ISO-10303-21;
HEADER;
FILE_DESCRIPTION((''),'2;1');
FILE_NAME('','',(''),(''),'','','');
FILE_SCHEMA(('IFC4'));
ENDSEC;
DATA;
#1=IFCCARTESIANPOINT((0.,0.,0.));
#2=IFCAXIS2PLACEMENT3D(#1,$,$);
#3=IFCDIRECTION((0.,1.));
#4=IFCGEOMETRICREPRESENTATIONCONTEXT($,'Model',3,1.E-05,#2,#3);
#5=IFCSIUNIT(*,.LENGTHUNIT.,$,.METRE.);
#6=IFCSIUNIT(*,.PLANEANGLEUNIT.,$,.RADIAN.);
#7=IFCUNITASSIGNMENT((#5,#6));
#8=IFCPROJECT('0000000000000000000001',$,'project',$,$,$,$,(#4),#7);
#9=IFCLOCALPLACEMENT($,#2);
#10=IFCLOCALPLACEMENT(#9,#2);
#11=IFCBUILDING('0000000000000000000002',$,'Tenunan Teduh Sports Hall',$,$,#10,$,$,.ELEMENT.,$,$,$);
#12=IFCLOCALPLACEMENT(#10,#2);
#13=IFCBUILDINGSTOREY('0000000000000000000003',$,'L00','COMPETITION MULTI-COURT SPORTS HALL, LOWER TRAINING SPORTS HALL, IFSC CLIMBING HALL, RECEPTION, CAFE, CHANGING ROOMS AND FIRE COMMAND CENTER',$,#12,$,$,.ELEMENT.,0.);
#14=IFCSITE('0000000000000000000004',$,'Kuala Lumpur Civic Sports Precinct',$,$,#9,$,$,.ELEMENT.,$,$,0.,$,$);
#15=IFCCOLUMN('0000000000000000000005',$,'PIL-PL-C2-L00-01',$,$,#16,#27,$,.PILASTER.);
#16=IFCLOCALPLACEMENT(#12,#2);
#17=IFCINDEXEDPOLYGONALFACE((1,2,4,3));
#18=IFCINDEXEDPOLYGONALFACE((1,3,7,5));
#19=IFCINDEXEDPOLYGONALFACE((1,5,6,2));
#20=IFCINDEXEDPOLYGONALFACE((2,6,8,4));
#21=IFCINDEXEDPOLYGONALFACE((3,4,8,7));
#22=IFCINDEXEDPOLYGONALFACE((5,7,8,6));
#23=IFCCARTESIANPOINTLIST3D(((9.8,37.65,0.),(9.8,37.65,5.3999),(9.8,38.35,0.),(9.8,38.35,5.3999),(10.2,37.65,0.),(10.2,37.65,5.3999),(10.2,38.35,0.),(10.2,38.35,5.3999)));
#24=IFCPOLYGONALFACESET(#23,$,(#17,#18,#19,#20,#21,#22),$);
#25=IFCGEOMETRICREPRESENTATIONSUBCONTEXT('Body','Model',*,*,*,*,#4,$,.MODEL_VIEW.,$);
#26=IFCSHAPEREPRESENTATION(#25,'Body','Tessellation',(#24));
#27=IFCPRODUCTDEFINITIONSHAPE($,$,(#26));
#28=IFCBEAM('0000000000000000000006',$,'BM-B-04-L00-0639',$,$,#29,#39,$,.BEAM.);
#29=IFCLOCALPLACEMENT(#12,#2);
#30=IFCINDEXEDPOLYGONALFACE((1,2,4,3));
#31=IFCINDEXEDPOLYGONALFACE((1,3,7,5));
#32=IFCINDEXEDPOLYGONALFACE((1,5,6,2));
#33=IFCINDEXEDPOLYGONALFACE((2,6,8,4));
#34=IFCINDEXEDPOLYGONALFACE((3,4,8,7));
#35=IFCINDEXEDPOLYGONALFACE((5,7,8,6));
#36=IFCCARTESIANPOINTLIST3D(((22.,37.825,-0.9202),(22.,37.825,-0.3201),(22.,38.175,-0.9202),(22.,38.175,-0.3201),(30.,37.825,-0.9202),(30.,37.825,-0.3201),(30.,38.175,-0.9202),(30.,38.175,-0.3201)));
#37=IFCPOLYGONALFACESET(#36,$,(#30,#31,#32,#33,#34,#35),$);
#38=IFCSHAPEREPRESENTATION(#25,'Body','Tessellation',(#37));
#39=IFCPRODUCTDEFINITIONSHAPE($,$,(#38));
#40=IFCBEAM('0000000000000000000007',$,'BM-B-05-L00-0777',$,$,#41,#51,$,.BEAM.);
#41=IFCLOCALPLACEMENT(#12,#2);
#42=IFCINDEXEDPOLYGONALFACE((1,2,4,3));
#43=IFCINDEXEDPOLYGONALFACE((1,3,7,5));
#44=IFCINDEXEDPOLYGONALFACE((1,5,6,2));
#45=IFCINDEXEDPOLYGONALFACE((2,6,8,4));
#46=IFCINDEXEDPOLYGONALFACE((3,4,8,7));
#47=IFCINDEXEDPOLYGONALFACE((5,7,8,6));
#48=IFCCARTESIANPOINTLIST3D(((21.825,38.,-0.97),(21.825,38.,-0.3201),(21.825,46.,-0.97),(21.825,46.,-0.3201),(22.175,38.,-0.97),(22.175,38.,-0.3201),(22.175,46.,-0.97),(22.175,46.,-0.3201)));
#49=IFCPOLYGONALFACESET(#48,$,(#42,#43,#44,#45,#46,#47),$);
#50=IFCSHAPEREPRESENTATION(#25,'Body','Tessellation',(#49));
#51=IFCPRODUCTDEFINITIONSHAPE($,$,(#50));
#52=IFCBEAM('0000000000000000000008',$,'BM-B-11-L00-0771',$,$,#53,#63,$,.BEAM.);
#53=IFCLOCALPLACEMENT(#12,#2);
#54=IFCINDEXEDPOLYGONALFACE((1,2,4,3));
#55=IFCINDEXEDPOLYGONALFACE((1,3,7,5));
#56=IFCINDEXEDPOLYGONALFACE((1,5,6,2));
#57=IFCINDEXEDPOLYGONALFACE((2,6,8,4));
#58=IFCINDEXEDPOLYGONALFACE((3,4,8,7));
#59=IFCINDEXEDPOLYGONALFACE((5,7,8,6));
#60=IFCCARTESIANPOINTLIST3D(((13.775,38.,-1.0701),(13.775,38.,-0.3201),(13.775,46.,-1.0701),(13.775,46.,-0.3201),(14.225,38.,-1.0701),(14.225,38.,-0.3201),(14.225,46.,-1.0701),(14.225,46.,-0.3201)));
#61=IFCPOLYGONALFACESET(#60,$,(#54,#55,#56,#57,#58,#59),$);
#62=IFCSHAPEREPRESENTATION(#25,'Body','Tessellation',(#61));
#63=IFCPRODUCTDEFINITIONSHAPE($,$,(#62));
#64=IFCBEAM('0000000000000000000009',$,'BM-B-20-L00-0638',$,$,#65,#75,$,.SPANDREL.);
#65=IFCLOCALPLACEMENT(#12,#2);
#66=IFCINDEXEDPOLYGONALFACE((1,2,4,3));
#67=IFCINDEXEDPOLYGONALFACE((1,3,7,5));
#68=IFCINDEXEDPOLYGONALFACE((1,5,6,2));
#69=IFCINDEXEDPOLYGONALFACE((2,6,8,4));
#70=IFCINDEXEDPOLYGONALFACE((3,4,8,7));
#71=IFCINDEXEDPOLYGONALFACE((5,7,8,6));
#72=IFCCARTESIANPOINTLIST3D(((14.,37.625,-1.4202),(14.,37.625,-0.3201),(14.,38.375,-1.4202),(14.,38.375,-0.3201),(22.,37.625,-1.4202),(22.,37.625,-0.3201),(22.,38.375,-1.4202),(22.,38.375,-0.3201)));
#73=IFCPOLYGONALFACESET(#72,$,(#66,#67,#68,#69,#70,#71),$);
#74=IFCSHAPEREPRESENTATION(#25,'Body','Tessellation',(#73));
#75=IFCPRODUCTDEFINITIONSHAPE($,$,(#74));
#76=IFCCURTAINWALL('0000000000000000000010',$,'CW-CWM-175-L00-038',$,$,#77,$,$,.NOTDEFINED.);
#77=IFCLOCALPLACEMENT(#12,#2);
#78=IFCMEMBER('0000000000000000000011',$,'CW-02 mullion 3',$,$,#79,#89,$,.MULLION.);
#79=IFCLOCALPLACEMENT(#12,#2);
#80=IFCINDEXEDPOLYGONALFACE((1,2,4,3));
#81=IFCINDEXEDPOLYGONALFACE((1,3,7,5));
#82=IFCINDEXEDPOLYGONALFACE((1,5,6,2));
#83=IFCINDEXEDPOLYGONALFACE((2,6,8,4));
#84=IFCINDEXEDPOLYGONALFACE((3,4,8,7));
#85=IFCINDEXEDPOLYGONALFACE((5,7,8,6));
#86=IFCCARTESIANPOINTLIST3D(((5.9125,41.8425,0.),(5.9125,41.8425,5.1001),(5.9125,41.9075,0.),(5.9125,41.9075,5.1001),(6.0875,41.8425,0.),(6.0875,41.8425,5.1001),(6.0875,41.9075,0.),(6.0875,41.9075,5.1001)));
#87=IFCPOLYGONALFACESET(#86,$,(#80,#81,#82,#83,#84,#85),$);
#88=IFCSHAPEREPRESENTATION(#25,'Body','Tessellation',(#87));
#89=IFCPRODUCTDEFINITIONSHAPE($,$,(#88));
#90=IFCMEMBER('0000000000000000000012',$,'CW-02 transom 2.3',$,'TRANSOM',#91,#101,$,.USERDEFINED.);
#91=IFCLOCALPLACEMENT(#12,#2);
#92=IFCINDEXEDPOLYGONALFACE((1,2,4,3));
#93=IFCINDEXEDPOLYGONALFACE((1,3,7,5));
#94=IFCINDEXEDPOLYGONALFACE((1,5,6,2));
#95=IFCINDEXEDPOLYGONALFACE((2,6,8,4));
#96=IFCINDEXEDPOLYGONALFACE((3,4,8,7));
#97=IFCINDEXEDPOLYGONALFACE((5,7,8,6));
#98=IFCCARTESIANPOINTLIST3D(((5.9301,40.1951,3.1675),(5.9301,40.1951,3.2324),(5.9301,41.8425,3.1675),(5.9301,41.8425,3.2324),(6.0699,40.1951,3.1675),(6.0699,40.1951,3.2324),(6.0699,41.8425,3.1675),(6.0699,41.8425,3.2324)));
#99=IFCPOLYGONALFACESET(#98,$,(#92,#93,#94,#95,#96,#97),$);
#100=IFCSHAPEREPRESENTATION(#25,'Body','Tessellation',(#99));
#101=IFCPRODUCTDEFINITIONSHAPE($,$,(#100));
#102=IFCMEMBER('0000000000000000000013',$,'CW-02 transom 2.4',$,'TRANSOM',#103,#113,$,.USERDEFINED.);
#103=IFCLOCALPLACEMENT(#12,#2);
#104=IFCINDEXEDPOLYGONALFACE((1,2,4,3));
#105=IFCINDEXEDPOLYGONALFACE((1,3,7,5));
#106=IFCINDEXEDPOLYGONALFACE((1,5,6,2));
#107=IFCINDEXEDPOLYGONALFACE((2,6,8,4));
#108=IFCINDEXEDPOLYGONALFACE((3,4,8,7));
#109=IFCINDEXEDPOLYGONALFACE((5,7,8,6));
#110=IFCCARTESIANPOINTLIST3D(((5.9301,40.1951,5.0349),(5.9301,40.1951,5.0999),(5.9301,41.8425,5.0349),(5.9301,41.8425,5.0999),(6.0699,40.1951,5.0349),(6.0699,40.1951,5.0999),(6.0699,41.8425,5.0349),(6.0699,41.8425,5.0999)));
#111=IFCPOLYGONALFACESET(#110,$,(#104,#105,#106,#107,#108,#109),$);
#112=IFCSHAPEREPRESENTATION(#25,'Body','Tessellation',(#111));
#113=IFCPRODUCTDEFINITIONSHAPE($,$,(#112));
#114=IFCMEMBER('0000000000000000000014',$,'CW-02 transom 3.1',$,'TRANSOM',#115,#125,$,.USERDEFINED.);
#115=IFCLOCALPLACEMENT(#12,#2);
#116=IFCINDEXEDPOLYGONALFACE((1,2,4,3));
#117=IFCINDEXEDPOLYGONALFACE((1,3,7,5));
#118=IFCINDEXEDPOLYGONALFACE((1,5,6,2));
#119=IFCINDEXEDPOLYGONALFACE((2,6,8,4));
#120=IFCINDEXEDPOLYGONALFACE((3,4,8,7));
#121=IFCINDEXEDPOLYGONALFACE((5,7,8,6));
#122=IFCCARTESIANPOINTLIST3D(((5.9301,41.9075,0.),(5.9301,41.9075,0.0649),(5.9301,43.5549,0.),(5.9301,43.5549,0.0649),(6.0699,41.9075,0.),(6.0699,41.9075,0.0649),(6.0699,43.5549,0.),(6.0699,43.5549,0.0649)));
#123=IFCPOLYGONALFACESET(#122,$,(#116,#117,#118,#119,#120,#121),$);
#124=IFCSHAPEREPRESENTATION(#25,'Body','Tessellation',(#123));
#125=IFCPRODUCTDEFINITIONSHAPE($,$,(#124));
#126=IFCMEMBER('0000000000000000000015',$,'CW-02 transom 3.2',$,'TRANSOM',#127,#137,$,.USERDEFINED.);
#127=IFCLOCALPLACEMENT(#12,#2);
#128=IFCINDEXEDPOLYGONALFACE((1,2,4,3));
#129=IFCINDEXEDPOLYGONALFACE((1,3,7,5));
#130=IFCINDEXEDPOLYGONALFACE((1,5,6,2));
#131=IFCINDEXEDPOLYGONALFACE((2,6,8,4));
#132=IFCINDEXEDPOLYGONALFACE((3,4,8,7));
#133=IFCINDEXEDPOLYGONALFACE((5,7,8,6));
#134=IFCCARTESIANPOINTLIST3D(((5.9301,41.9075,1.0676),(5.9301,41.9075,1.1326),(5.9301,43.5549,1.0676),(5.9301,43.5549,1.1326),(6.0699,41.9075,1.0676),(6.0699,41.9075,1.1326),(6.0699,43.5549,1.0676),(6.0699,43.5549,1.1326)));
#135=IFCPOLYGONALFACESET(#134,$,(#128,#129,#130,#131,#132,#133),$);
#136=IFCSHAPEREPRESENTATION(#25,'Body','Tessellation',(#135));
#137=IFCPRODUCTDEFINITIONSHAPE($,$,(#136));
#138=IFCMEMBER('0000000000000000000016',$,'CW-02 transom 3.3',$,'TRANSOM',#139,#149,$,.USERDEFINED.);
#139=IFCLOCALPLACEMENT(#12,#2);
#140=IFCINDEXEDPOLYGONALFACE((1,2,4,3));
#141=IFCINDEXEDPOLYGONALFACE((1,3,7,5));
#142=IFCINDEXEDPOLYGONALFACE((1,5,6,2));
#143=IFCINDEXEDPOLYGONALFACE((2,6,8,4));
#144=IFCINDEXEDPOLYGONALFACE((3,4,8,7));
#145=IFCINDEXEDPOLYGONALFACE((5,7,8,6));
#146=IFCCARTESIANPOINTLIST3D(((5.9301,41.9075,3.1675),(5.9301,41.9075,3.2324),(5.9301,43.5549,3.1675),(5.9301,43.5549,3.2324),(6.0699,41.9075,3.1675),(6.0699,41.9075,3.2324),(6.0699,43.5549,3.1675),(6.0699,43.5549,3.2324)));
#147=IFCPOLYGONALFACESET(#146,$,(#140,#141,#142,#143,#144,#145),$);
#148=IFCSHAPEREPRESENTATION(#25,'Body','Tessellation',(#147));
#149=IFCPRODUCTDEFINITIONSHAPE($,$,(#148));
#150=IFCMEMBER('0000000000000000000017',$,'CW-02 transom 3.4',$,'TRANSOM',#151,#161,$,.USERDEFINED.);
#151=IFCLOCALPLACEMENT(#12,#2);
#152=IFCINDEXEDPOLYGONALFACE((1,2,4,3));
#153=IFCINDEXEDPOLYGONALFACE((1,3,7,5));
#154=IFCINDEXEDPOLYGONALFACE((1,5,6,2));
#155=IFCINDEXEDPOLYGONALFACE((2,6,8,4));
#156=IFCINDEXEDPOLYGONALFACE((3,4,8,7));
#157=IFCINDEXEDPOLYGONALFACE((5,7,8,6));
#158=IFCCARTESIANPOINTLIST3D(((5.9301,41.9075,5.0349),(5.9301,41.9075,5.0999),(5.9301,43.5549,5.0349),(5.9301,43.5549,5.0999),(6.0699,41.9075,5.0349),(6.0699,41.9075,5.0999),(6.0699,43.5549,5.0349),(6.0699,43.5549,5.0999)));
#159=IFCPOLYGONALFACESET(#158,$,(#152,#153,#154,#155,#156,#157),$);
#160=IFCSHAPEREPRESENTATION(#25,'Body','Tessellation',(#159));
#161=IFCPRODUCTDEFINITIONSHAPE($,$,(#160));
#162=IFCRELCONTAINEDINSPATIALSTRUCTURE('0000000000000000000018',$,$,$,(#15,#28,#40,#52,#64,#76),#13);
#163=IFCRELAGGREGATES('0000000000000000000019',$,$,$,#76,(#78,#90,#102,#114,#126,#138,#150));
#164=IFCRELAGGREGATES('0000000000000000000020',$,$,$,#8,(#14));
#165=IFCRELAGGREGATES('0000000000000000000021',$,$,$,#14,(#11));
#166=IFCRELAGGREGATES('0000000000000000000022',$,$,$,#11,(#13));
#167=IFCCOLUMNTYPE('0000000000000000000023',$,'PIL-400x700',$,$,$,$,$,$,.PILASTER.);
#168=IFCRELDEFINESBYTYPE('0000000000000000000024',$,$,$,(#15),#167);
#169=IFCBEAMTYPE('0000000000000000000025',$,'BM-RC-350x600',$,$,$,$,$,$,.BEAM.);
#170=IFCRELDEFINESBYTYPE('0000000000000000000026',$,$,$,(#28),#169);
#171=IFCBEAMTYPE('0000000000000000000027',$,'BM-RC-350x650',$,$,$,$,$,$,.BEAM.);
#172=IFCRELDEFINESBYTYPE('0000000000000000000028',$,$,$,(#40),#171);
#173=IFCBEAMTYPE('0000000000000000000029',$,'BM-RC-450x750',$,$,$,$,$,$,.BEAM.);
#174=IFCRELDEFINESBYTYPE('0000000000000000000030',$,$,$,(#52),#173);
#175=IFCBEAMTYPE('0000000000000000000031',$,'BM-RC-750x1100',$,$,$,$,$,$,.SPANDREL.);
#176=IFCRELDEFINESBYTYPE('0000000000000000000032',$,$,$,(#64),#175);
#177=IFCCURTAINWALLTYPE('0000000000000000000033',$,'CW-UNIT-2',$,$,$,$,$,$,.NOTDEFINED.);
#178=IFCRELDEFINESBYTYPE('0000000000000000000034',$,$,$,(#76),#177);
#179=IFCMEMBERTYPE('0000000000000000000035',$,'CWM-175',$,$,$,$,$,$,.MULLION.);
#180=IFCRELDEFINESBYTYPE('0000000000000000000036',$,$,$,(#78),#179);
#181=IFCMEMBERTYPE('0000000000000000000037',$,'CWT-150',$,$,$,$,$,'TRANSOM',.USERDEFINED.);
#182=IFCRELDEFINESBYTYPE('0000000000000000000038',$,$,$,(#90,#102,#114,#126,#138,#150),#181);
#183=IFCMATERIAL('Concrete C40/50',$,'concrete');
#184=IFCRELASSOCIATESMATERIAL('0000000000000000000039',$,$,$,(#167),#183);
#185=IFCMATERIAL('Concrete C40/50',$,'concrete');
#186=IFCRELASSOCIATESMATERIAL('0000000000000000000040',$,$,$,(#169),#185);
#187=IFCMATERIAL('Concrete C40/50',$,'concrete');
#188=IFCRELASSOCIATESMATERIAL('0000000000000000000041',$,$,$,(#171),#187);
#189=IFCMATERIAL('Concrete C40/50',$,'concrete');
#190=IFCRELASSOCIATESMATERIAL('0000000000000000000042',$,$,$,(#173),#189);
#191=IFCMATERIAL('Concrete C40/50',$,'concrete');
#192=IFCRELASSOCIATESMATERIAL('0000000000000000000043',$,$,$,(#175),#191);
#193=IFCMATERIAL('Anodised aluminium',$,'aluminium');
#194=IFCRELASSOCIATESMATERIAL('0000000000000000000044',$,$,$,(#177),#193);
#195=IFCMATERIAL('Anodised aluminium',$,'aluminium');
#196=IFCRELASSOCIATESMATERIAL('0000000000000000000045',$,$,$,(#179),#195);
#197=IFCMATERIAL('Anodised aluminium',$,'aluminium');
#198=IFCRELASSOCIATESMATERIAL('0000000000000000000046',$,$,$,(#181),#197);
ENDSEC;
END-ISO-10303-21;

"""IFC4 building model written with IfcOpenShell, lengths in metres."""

from ifc_helpers import new_model, si_unit, direction, frame, origin, origin_2d, place, context, subcontext, project, spatial, rectangle, extrude, material, material_profile, profile_set, type_object, element, aggregate, save


model = new_model("IFC4")

# Units and contexts
model_context = context("Model", 3, precision=1e-05, world=origin(), true_north=direction((0.0, 1.0)))
body_context = subcontext(model_context, "Body", "Model", "MODEL_VIEW")
ifc_project = project(units=[si_unit("LENGTHUNIT", "METRE"), si_unit("PLANEANGLEUNIT", "RADIAN")], contexts=[model_context])

# Site, building, storey
site_placement = place(None, origin())
site = spatial("IfcSite", under=ifc_project, at=site_placement, Name="Kuala Lumpur Civic Sports Precinct", CompositionType="ELEMENT", RefElevation=0.0)
building_placement = place(site_placement, origin())
building = spatial("IfcBuilding", under=site, at=building_placement, Name="Tenunan Teduh Sports Hall", CompositionType="ELEMENT")
storey_placement = place(building_placement, origin())
storey = spatial("IfcBuildingStorey", under=building, at=storey_placement, Name="L00", Description="COMPETITION MULTI-COURT SPORTS HALL, LOWER TRAINING SPORTS HALL, IFSC CLIMBING HALL, RECEPTION, CAFE, CHANGING ROOMS AND FIRE COMMAND CENTER", CompositionType="ELEMENT", Elevation=0.0)

# Column
ifc_material_1 = material(Name="Concrete C40/50", Category="concrete")
ifc_material_profile_1 = material_profile(ifc_material_1, rectangle(XDim=0.3999, YDim=0.7, at=origin_2d()), Name="PIL 400x700")
ifc_profile_set_1 = profile_set([ifc_material_profile_1], Name="Concrete C40/50")
column_type_1 = type_object("IfcColumnType", Name="PIL-400x700", PredefinedType="PILASTER", material=ifc_profile_set_1)
column_placement = place(storey_placement, frame((10.0, 38.0, 0.0), z_axis=(0.0, 0.0, 1.0), x_axis=(1.0, 0.0, 0.0)))
element("IfcColumn", 1, at=column_placement, inside=storey, type_object=column_type_1, Name="PIL-PL-C2-L00-01", PredefinedType="PILASTER", context=body_context, shape_type="SweptSolid", body=[
    extrude(rectangle(XDim=0.3999, YDim=0.7, at=origin_2d()), origin(), (0.0, 0.0, 1.0), 5.3999),
])

# Beams
ifc_material_2 = material(Name="Concrete C40/50", Category="concrete")
ifc_material_profile_2 = material_profile(ifc_material_2, rectangle(XDim=0.3501, YDim=0.6001, at=origin_2d()), Name="RCB 350x600")
ifc_profile_set_2 = profile_set([ifc_material_profile_2], Name="Concrete C40/50")
beam_type_1 = type_object("IfcBeamType", Name="BM-RC-350x600", PredefinedType="BEAM", material=ifc_profile_set_2)
beam_1_placement = place(storey_placement, frame((22.0, 38.0, -0.6201), z_axis=(1.0, 0.0, 0.0), x_axis=(0.0, 1.0, 0.0)))
element("IfcBeam", 2, at=beam_1_placement, inside=storey, type_object=beam_type_1, Name="BM-B-04-L00-0639", PredefinedType="BEAM", context=body_context, shape_type="SweptSolid", body=[
    extrude(rectangle(XDim=0.3501, YDim=0.6001, at=origin_2d()), origin(), (0.0, 0.0, 1.0), 8.0),
])
ifc_material_3 = material(Name="Concrete C40/50", Category="concrete")
ifc_material_profile_3 = material_profile(ifc_material_3, rectangle(XDim=0.3501, YDim=0.6499, at=origin_2d()), Name="RCB 350x650")
ifc_profile_set_3 = profile_set([ifc_material_profile_3], Name="Concrete C40/50")
beam_type_2 = type_object("IfcBeamType", Name="BM-RC-350x650", PredefinedType="BEAM", material=ifc_profile_set_3)
beam_2_placement = place(storey_placement, frame((22.0, 38.0, -0.645), z_axis=(0.0, 1.0, 0.0), x_axis=(-1.0, 0.0, 0.0)))
element("IfcBeam", 3, at=beam_2_placement, inside=storey, type_object=beam_type_2, Name="BM-B-05-L00-0777", PredefinedType="BEAM", context=body_context, shape_type="SweptSolid", body=[
    extrude(rectangle(XDim=0.3501, YDim=0.6499, at=origin_2d()), origin(), (0.0, 0.0, 1.0), 8.0),
])
ifc_material_4 = material(Name="Concrete C40/50", Category="concrete")
ifc_material_profile_4 = material_profile(ifc_material_4, rectangle(XDim=0.45, YDim=0.75, at=origin_2d()), Name="RCB 450x750")
ifc_profile_set_4 = profile_set([ifc_material_profile_4], Name="Concrete C40/50")
beam_type_3 = type_object("IfcBeamType", Name="BM-RC-450x750", PredefinedType="BEAM", material=ifc_profile_set_4)
beam_3_placement = place(storey_placement, frame((14.0, 38.0, -0.6951), z_axis=(0.0, 1.0, 0.0), x_axis=(-1.0, 0.0, 0.0)))
element("IfcBeam", 4, at=beam_3_placement, inside=storey, type_object=beam_type_3, Name="BM-B-11-L00-0771", PredefinedType="BEAM", context=body_context, shape_type="SweptSolid", body=[
    extrude(rectangle(XDim=0.45, YDim=0.75, at=origin_2d()), origin(), (0.0, 0.0, 1.0), 8.0),
])
ifc_material_5 = material(Name="Concrete C40/50", Category="concrete")
ifc_material_profile_5 = material_profile(ifc_material_5, rectangle(XDim=0.75, YDim=1.1001, at=origin_2d()), Name="RCB 750x1100")
ifc_profile_set_5 = profile_set([ifc_material_profile_5], Name="Concrete C40/50")
beam_type_4 = type_object("IfcBeamType", Name="BM-RC-750x1100", PredefinedType="SPANDREL", material=ifc_profile_set_5)
beam_4_placement = place(storey_placement, frame((14.0, 38.0, -0.8701), z_axis=(1.0, 0.0, 0.0), x_axis=(0.0, 1.0, 0.0)))
element("IfcBeam", 5, at=beam_4_placement, inside=storey, type_object=beam_type_4, Name="BM-B-20-L00-0638", PredefinedType="SPANDREL", context=body_context, shape_type="SweptSolid", body=[
    extrude(rectangle(XDim=0.75, YDim=1.1001, at=origin_2d()), origin(), (0.0, 0.0, 1.0), 8.0),
])

# Curtain wall, members
ifc_material_6 = material(Name="Anodised aluminium", Category="aluminium")
curtain_wall_type = type_object("IfcCurtainWallType", Name="CW-UNIT-2", PredefinedType="NOTDEFINED", material=ifc_material_6)
curtain_wall_placement = place(storey_placement, origin())
curtain_wall = element("IfcCurtainWall", 6, at=curtain_wall_placement, inside=storey, type_object=curtain_wall_type, Name="CW-CWM-175-L00-038", PredefinedType="NOTDEFINED")
ifc_material_7 = material(Name="Anodised aluminium", Category="aluminium")
ifc_material_profile_6 = material_profile(ifc_material_7, rectangle(XDim=0.0649, YDim=0.175, at=origin_2d()), Name="CWM 65x175")
ifc_profile_set_6 = profile_set([ifc_material_profile_6], Name="Anodised aluminium")
member_type_1 = type_object("IfcMemberType", Name="CWM-175", PredefinedType="MULLION", material=ifc_profile_set_6)
member_1_placement = place(storey_placement, frame((6.0, 41.875, 0.0), z_axis=(0.0, 0.0, 1.0), x_axis=(0.0, 1.0, 0.0)))
member_1 = element("IfcMember", 7, at=member_1_placement, type_object=member_type_1, Name="CW-02 mullion 3", PredefinedType="MULLION", context=body_context, shape_type="SweptSolid", body=[
    extrude(rectangle(XDim=0.0649, YDim=0.175, at=origin_2d()), origin(), (0.0, 0.0, 1.0), 5.1001),
])
ifc_material_8 = material(Name="Anodised aluminium", Category="aluminium")
ifc_material_profile_7 = material_profile(ifc_material_8, rectangle(XDim=0.0649, YDim=0.1399, at=origin_2d()), Name="CWT 65x140")
ifc_profile_set_7 = profile_set([ifc_material_profile_7], Name="Anodised aluminium")
member_type_2 = type_object("IfcMemberType", Name="CWT-150", ElementType="TRANSOM", PredefinedType="USERDEFINED", material=ifc_profile_set_7)
member_2_placement = place(storey_placement, frame((6.0, 40.1951, 3.2), z_axis=(0.0, 1.0, 0.0), x_axis=(0.0, 0.0, 1.0)))
member_2 = element("IfcMember", 8, at=member_2_placement, type_object=member_type_2, Name="CW-02 transom 2.3", ObjectType="TRANSOM", PredefinedType="USERDEFINED", context=body_context, shape_type="SweptSolid", body=[
    extrude(rectangle(XDim=0.0649, YDim=0.1399, at=origin_2d()), origin(), (0.0, 0.0, 1.0), 1.6475),
])
member_3_placement = place(storey_placement, frame((6.0, 40.1951, 5.0674), z_axis=(0.0, 1.0, 0.0), x_axis=(0.0, 0.0, 1.0)))
member_3 = element("IfcMember", 9, at=member_3_placement, type_object=member_type_2, Name="CW-02 transom 2.4", ObjectType="TRANSOM", PredefinedType="USERDEFINED", context=body_context, shape_type="SweptSolid", body=[
    extrude(rectangle(XDim=0.0649, YDim=0.1399, at=origin_2d()), origin(), (0.0, 0.0, 1.0), 1.6475),
])
member_4_placement = place(storey_placement, frame((6.0, 41.9075, 0.0325), z_axis=(0.0, 1.0, 0.0), x_axis=(0.0, 0.0, 1.0)))
member_4 = element("IfcMember", 10, at=member_4_placement, type_object=member_type_2, Name="CW-02 transom 3.1", ObjectType="TRANSOM", PredefinedType="USERDEFINED", context=body_context, shape_type="SweptSolid", body=[
    extrude(rectangle(XDim=0.0649, YDim=0.1399, at=origin_2d()), origin(), (0.0, 0.0, 1.0), 1.6475),
])
member_5_placement = place(storey_placement, frame((6.0, 41.9075, 1.1001), z_axis=(0.0, 1.0, 0.0), x_axis=(0.0, 0.0, 1.0)))
member_5 = element("IfcMember", 11, at=member_5_placement, type_object=member_type_2, Name="CW-02 transom 3.2", ObjectType="TRANSOM", PredefinedType="USERDEFINED", context=body_context, shape_type="SweptSolid", body=[
    extrude(rectangle(XDim=0.0649, YDim=0.1399, at=origin_2d()), origin(), (0.0, 0.0, 1.0), 1.6475),
])
member_6_placement = place(storey_placement, frame((6.0, 41.9075, 3.2), z_axis=(0.0, 1.0, 0.0), x_axis=(0.0, 0.0, 1.0)))
member_6 = element("IfcMember", 12, at=member_6_placement, type_object=member_type_2, Name="CW-02 transom 3.3", ObjectType="TRANSOM", PredefinedType="USERDEFINED", context=body_context, shape_type="SweptSolid", body=[
    extrude(rectangle(XDim=0.0649, YDim=0.1399, at=origin_2d()), origin(), (0.0, 0.0, 1.0), 1.6475),
])
member_7_placement = place(storey_placement, frame((6.0, 41.9075, 5.0674), z_axis=(0.0, 1.0, 0.0), x_axis=(0.0, 0.0, 1.0)))
member_7 = element("IfcMember", 13, at=member_7_placement, type_object=member_type_2, Name="CW-02 transom 3.4", ObjectType="TRANSOM", PredefinedType="USERDEFINED", context=body_context, shape_type="SweptSolid", body=[
    extrude(rectangle(XDim=0.0649, YDim=0.1399, at=origin_2d()), origin(), (0.0, 0.0, 1.0), 1.6475),
])

aggregate(curtain_wall, [member_1, member_2, member_3, member_4, member_5, member_6, member_7])

save(model, "model.ifc")
